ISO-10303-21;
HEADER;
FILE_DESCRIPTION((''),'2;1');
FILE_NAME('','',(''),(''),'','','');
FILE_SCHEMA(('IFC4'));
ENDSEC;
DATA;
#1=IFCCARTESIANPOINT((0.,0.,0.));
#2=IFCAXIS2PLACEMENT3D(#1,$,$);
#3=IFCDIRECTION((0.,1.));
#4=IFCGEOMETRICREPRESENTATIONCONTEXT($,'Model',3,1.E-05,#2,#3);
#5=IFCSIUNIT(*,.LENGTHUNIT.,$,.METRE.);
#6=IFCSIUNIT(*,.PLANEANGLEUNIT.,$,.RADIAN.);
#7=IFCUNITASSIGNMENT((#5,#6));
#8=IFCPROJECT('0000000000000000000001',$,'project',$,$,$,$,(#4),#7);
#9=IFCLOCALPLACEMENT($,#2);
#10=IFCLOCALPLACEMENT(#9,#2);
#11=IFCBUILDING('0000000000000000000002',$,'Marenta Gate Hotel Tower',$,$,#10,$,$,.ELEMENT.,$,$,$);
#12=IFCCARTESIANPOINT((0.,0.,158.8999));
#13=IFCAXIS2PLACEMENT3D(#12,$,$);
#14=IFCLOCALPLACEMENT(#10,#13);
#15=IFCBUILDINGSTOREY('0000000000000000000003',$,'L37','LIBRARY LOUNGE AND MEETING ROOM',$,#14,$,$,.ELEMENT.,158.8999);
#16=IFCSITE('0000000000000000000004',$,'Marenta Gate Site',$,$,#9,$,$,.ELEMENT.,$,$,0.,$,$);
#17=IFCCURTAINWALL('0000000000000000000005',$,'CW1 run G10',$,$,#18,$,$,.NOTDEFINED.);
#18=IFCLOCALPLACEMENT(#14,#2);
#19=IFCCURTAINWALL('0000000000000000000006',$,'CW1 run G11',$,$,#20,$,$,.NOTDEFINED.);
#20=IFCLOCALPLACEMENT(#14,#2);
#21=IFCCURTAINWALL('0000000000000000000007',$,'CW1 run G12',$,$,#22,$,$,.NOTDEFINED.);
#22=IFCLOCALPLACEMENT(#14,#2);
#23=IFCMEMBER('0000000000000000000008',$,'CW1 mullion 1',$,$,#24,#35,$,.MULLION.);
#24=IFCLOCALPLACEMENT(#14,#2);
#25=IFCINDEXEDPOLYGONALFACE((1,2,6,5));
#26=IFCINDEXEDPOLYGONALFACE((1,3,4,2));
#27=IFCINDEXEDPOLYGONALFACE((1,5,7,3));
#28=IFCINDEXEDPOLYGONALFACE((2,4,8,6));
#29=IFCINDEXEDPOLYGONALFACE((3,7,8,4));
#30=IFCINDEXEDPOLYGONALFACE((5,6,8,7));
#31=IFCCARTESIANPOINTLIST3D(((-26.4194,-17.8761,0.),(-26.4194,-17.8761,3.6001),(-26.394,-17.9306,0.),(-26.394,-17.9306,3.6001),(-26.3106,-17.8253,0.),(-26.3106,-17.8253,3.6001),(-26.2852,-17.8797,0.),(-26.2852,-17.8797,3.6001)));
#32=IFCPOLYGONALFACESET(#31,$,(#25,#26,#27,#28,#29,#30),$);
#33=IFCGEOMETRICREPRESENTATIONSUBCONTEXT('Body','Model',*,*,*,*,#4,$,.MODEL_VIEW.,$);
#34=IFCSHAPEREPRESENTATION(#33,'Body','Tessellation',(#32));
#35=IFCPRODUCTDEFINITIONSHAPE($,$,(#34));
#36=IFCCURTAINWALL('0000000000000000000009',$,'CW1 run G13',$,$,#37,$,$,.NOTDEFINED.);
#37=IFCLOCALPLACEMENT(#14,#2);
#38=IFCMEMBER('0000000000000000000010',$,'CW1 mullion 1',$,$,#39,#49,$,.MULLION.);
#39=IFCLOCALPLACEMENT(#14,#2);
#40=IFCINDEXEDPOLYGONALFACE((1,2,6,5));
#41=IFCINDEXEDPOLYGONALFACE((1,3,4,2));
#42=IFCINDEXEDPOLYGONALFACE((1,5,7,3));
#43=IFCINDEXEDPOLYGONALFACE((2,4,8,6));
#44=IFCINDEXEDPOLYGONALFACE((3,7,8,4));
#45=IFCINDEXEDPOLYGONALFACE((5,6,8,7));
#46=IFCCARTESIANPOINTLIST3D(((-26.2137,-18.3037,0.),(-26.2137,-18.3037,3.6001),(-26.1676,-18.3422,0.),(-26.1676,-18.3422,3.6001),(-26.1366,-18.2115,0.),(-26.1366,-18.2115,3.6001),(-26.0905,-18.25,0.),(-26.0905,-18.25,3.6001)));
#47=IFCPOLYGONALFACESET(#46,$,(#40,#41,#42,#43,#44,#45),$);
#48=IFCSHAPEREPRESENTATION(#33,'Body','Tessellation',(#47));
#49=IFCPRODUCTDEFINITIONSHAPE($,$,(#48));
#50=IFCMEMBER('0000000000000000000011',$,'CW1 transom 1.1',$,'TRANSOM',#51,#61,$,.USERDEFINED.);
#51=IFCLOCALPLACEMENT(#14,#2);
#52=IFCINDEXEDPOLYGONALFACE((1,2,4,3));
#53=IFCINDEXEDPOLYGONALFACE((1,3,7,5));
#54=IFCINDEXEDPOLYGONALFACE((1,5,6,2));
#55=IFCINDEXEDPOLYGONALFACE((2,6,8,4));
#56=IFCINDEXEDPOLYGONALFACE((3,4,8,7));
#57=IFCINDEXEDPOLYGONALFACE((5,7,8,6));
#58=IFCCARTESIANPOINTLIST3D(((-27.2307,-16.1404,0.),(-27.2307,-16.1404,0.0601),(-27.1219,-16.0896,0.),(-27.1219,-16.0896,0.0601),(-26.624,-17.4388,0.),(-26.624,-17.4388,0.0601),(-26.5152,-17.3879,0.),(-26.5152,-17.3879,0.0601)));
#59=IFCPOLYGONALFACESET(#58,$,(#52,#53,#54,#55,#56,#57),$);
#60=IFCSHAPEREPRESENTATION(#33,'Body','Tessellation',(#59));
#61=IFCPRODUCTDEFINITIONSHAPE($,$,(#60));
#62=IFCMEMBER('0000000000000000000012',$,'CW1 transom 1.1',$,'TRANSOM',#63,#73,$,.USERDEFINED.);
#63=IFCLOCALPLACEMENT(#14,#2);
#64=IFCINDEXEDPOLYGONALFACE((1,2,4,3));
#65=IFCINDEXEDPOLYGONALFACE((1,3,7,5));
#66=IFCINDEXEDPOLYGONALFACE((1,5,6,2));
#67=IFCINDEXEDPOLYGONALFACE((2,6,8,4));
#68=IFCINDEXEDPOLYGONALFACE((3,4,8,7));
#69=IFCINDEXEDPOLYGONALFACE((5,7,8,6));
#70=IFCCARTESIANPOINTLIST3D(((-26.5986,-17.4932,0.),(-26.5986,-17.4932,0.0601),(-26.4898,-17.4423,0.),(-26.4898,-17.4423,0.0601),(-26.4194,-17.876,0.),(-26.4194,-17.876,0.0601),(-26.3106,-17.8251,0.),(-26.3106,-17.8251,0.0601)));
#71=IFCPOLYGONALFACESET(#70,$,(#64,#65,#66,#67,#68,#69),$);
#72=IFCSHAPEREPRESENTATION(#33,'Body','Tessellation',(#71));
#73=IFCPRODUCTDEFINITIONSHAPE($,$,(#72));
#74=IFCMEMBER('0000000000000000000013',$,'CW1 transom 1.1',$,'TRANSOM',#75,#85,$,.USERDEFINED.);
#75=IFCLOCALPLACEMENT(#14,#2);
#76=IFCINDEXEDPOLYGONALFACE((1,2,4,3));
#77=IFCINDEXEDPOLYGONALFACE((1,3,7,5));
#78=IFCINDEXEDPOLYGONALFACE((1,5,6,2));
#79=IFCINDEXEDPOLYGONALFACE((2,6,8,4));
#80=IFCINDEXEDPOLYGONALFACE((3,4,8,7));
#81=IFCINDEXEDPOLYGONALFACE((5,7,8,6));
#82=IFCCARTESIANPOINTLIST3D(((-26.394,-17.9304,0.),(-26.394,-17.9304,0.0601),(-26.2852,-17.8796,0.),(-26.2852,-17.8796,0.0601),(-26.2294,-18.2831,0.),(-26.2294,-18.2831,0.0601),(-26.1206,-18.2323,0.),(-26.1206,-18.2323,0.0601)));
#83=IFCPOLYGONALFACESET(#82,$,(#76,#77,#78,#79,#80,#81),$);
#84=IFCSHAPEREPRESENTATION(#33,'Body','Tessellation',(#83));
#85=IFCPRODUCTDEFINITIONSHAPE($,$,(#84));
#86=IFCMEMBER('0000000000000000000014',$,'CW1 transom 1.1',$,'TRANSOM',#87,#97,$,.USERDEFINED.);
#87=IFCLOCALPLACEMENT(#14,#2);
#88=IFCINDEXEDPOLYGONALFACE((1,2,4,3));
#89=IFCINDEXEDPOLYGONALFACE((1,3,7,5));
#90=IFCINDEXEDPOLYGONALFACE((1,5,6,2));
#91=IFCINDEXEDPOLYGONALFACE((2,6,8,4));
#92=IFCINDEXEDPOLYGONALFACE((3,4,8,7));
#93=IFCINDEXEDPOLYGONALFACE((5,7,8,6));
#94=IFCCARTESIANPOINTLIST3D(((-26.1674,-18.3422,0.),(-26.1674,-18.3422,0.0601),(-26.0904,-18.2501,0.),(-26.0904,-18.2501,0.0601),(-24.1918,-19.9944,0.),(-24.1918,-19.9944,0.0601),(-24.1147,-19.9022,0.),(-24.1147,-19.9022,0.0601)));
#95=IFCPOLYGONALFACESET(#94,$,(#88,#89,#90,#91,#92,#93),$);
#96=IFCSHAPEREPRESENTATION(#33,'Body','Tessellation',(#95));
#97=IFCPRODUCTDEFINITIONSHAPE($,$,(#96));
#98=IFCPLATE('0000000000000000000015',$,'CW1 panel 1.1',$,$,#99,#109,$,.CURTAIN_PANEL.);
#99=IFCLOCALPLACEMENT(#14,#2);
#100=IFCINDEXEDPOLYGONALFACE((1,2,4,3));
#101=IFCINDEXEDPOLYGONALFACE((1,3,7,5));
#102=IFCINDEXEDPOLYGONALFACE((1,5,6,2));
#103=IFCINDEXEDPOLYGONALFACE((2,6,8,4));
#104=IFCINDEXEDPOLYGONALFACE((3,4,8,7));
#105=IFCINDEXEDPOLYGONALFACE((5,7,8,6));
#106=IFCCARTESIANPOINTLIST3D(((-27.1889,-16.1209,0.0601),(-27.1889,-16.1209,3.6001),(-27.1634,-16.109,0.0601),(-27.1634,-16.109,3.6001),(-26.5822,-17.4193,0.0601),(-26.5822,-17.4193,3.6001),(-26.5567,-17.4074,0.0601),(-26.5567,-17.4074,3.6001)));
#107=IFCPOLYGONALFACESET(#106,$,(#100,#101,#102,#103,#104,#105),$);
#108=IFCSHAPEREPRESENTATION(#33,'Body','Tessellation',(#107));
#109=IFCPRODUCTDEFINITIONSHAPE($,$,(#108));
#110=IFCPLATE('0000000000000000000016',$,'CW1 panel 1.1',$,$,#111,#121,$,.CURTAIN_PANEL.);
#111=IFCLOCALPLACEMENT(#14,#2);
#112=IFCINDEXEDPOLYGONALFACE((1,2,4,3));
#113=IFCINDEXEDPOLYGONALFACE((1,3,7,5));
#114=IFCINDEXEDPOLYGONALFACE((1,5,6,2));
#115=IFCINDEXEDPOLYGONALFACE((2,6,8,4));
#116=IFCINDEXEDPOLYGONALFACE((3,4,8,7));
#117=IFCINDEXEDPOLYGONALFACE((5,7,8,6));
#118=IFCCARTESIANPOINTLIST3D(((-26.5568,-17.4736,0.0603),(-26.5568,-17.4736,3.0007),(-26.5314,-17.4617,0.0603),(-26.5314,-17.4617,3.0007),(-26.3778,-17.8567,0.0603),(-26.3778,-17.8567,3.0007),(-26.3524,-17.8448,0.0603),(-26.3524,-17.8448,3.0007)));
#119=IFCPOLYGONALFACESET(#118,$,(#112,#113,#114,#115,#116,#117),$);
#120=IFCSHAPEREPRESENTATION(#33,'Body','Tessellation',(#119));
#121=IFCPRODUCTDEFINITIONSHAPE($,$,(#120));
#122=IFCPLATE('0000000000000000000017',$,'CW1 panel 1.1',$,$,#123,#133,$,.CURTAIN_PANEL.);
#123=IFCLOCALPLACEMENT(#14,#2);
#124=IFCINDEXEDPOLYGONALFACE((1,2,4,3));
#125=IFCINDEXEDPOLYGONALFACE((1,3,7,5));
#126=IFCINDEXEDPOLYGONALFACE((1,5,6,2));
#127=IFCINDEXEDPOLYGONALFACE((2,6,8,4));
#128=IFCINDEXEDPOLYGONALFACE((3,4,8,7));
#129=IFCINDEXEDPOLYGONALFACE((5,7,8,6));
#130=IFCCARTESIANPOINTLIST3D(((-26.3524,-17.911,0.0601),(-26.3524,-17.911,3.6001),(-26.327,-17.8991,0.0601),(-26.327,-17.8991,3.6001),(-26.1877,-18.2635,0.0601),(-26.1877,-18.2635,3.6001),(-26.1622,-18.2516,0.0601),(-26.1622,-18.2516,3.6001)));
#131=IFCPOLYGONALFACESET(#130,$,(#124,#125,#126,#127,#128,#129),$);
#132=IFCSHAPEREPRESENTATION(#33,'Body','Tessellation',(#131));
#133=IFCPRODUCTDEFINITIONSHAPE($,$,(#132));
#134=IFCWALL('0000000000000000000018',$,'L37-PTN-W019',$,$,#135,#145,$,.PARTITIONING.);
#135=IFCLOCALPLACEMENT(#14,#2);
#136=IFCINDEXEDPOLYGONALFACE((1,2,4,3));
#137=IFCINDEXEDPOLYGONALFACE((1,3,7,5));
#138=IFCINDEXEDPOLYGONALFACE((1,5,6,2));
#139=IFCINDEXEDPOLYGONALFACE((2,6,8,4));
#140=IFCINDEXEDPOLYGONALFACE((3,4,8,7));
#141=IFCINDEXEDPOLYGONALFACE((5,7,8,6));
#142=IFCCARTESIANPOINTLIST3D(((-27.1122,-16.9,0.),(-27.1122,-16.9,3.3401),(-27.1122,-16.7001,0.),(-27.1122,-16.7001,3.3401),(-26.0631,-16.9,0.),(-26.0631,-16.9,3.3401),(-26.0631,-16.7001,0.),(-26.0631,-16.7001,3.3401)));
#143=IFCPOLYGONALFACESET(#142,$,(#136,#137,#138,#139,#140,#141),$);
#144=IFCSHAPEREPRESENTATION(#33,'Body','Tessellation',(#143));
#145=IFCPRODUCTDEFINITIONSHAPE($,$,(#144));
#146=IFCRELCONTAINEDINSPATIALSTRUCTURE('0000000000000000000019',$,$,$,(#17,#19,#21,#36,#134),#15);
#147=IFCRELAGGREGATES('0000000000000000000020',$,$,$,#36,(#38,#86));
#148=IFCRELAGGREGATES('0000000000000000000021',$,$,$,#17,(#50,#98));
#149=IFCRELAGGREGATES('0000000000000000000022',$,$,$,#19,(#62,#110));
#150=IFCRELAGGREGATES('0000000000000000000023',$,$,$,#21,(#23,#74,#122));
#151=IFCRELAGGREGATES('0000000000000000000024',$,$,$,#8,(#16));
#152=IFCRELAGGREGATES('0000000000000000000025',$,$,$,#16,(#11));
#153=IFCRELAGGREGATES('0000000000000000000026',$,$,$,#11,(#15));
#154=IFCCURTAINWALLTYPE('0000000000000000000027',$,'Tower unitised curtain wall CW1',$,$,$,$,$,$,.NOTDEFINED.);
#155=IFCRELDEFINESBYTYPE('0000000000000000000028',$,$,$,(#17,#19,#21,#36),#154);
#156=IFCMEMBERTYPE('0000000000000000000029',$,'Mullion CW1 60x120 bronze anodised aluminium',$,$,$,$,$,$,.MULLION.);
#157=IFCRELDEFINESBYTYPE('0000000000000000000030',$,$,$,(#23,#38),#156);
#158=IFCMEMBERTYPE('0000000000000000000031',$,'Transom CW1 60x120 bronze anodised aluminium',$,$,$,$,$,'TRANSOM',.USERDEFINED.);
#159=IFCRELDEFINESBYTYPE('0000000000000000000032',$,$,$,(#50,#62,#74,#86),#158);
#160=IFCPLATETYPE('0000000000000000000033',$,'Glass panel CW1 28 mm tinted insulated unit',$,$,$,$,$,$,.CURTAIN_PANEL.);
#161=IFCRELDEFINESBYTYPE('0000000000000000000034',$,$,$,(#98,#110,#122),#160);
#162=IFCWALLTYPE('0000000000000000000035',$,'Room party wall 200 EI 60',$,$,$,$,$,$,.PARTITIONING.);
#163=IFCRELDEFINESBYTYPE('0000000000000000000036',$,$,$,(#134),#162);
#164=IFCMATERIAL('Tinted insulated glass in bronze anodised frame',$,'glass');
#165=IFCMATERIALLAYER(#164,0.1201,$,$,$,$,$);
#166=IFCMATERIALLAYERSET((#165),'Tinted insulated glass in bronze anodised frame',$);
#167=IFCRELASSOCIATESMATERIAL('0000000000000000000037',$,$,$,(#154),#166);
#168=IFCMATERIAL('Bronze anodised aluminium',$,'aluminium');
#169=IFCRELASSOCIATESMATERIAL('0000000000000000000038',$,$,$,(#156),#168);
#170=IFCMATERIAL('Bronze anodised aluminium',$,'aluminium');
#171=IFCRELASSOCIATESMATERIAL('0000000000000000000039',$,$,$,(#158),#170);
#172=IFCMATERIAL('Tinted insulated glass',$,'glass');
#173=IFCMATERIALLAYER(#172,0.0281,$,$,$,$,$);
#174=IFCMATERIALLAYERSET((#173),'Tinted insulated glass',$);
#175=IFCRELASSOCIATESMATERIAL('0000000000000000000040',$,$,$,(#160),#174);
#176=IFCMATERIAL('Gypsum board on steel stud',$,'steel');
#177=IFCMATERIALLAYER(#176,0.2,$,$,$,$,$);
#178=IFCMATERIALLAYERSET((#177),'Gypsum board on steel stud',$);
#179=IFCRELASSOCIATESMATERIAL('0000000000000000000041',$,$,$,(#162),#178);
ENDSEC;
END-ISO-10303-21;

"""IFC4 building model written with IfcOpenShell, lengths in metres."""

from ifc_helpers import new_model, si_unit, direction, frame, frame_2d, origin, origin_2d, place, context, subcontext, project, spatial, rectangle, extrude, material, layer, layer_set, material_profile, profile_set, type_object, element, aggregate, save


model = new_model("IFC4")

# Units and contexts
model_context = context("Model", 3, precision=1e-05, world=origin(), true_north=direction((0.0, 1.0)))
body_context = subcontext(model_context, "Body", "Model", "MODEL_VIEW")
ifc_project = project(units=[si_unit("LENGTHUNIT", "METRE"), si_unit("PLANEANGLEUNIT", "RADIAN")], contexts=[model_context])

# Site, building, storey
site_placement = place(None, origin())
site = spatial("IfcSite", under=ifc_project, at=site_placement, Name="Marenta Gate Site", CompositionType="ELEMENT", RefElevation=0.0)
building_placement = place(site_placement, origin())
building = spatial("IfcBuilding", under=site, at=building_placement, Name="Marenta Gate Hotel Tower", CompositionType="ELEMENT")
storey_placement = place(building_placement, frame((0.0, 0.0, 158.8999)))
storey = spatial("IfcBuildingStorey", under=building, at=storey_placement, Name="L37", Description="LIBRARY LOUNGE AND MEETING ROOM", CompositionType="ELEMENT", Elevation=158.8999)

# Curtain walls, members
ifc_material_1 = material(Name="Tinted insulated glass in bronze anodised frame", Category="glass")
ifc_layer_1 = layer(ifc_material_1, 0.1201)
ifc_layer_set_1 = layer_set([ifc_layer_1], Name="Tinted insulated glass in bronze anodised frame")
curtain_wall_type = type_object("IfcCurtainWallType", Name="Tower unitised curtain wall CW1", PredefinedType="NOTDEFINED", material=ifc_layer_set_1)
curtain_wall_1_placement = place(storey_placement, origin())
curtain_wall_1 = element("IfcCurtainWall", 1, at=curtain_wall_1_placement, inside=storey, type_object=curtain_wall_type, Name="CW1 run G10", PredefinedType="NOTDEFINED")
ifc_material_2 = material(Name="Bronze anodised aluminium", Category="aluminium")
ifc_material_profile_1 = material_profile(ifc_material_2, rectangle(XDim=0.1201, YDim=0.0601, at=origin_2d()), Name="Mullion CW1 60x120 bronze anodised aluminium")
ifc_profile_set_1 = profile_set([ifc_material_profile_1], Name="Bronze anodised aluminium")
member_type_1 = type_object("IfcMemberType", Name="Mullion CW1 60x120 bronze anodised aluminium", PredefinedType="MULLION", material=ifc_profile_set_1)
curtain_wall_2_placement = place(storey_placement, origin())
curtain_wall_2 = element("IfcCurtainWall", 2, at=curtain_wall_2_placement, inside=storey, type_object=curtain_wall_type, Name="CW1 run G11", PredefinedType="NOTDEFINED")
curtain_wall_3_placement = place(storey_placement, origin())
curtain_wall_3 = element("IfcCurtainWall", 3, at=curtain_wall_3_placement, inside=storey, type_object=curtain_wall_type, Name="CW1 run G12", PredefinedType="NOTDEFINED")
member_1_placement = place(storey_placement, frame((-26.3523, -17.8779, 0.0), z_axis=(0.0, 0.0, 1.0), x_axis=(0.906001, 0.423275, 0.0)))
member_1 = element("IfcMember", 4, at=member_1_placement, type_object=member_type_1, Name="CW1 mullion 1", PredefinedType="MULLION", context=body_context, shape_type="SweptSolid", body=[
    extrude(rectangle(XDim=0.1201, YDim=0.0601, at=origin_2d()), origin(), (0.0, 0.0, 1.0), 3.6001),
])
curtain_wall_4_placement = place(storey_placement, origin())
curtain_wall_4 = element("IfcCurtainWall", 5, at=curtain_wall_4_placement, inside=storey, type_object=curtain_wall_type, Name="CW1 run G13", PredefinedType="NOTDEFINED")
member_2_placement = place(storey_placement, frame((-26.1521, -18.2769, 0.0), z_axis=(0.0, 0.0, 1.0), x_axis=(0.641512, 0.767113, 0.0)))
member_2 = element("IfcMember", 6, at=member_2_placement, type_object=member_type_1, Name="CW1 mullion 1", PredefinedType="MULLION", context=body_context, shape_type="SweptSolid", body=[
    extrude(rectangle(XDim=0.1201, YDim=0.0601, at=origin_2d()), origin(), (0.0, 0.0, 1.0), 3.6001),
])

# Members
ifc_material_3 = material(Name="Bronze anodised aluminium", Category="aluminium")
ifc_material_profile_2 = material_profile(ifc_material_3, rectangle(XDim=0.1201, YDim=0.0601, at=origin_2d()), Name="Transom CW1 60x120 bronze anodised aluminium")
ifc_profile_set_2 = profile_set([ifc_material_profile_2], Name="Bronze anodised aluminium")
member_type_2 = type_object("IfcMemberType", Name="Transom CW1 60x120 bronze anodised aluminium", ElementType="TRANSOM", PredefinedType="USERDEFINED", material=ifc_profile_set_2)
member_3_placement = place(storey_placement, frame((-27.1763, -16.115, 0.03), z_axis=(0.423342, -0.90597, 0.0), x_axis=(0.90597, 0.423342, 0.0)))
member_3 = element("IfcMember", 7, at=member_3_placement, type_object=member_type_2, Name="CW1 transom 1.1", ObjectType="TRANSOM", PredefinedType="USERDEFINED", context=body_context, shape_type="SweptSolid", body=[
    extrude(rectangle(XDim=0.1201, YDim=0.0601, at=origin_2d()), origin(), (0.0, 0.0, 1.0), 1.4331),
])
member_4_placement = place(storey_placement, frame((-26.5442, -17.4678, 0.03), z_axis=(0.42396, -0.905681, 0.0), x_axis=(0.905681, 0.42396, 0.0)))
member_4 = element("IfcMember", 8, at=member_4_placement, type_object=member_type_2, Name="CW1 transom 1.1", ObjectType="TRANSOM", PredefinedType="USERDEFINED", context=body_context, shape_type="SweptSolid", body=[
    extrude(rectangle(XDim=0.1201, YDim=0.0601, at=origin_2d()), origin(), (0.0, 0.0, 1.0), 0.4226),
])
member_5_placement = place(storey_placement, frame((-26.3396, -17.905, 0.03), z_axis=(0.422954, -0.906151, 0.0), x_axis=(0.906151, 0.422954, 0.0)))
member_5 = element("IfcMember", 9, at=member_5_placement, type_object=member_type_2, Name="CW1 transom 1.1", ObjectType="TRANSOM", PredefinedType="USERDEFINED", context=body_context, shape_type="SweptSolid", body=[
    extrude(rectangle(XDim=0.1201, YDim=0.0601, at=origin_2d()), origin(), (0.0, 0.0, 1.0), 0.3892),
])
member_6_placement = place(storey_placement, frame((-26.1289, -18.2961, 0.03), z_axis=(0.767117, -0.641508, 0.0), x_axis=(0.641508, 0.767117, 0.0)))
member_6 = element("IfcMember", 10, at=member_6_placement, type_object=member_type_2, Name="CW1 transom 1.1", ObjectType="TRANSOM", PredefinedType="USERDEFINED", context=body_context, shape_type="SweptSolid", body=[
    extrude(rectangle(XDim=0.1201, YDim=0.0601, at=origin_2d()), origin(), (0.0, 0.0, 1.0), 2.5754),
])
aggregate(curtain_wall_4, [member_2, member_6])

# Plates
ifc_material_4 = material(Name="Tinted insulated glass", Category="glass")
ifc_layer_2 = layer(ifc_material_4, 0.0281)
ifc_layer_set_2 = layer_set([ifc_layer_2], Name="Tinted insulated glass")
plate_type = type_object("IfcPlateType", Name="Glass panel CW1 28 mm tinted insulated unit", PredefinedType="CURTAIN_PANEL", material=ifc_layer_set_2)
plate_1_placement = place(storey_placement, frame((-26.8728, -16.7642, 0.0601), z_axis=(0.0, 0.0, 1.0), x_axis=(0.423347, -0.905967, 0.0)))
plate_1 = element("IfcPlate", 11, at=plate_1_placement, type_object=plate_type, Name="CW1 panel 1.1", PredefinedType="CURTAIN_PANEL", context=body_context, shape_type="SweptSolid", body=[
    extrude(rectangle(XDim=1.4331, YDim=0.0281, at=origin_2d()), origin(), (0.0, 0.0, 1.0), 3.54),
])
aggregate(curtain_wall_1, [member_3, plate_1])
plate_2_placement = place(storey_placement, frame((-26.4546, -17.6592, 0.0603), z_axis=(0.0, 0.0, 1.0), x_axis=(0.423362, -0.905961, 0.0)))
plate_2 = element("IfcPlate", 12, at=plate_2_placement, type_object=plate_type, Name="CW1 panel 1.1", PredefinedType="CURTAIN_PANEL", context=body_context, shape_type="SweptSolid", body=[
    extrude(rectangle(XDim=0.4229, YDim=0.0281, at=origin_2d()), origin(), (0.0, 0.0, 1.0), 2.9404),
])
aggregate(curtain_wall_2, [member_4, plate_2])
plate_3_placement = place(storey_placement, frame((-26.2573, -18.0813, 0.0601), z_axis=(0.0, 0.0, 1.0), x_axis=(0.423275, -0.906001, 0.0)))
plate_3 = element("IfcPlate", 13, at=plate_3_placement, type_object=plate_type, Name="CW1 panel 1.1", PredefinedType="CURTAIN_PANEL", context=body_context, shape_type="SweptSolid", body=[
    extrude(rectangle(XDim=0.3892, YDim=0.0281, at=origin_2d()), origin(), (0.0, 0.0, 1.0), 3.54),
])
aggregate(curtain_wall_3, [member_1, member_5, plate_3])

# Wall
ifc_material_5 = material(Name="Gypsum board on steel stud", Category="steel")
ifc_layer_3 = layer(ifc_material_5, 0.2)
ifc_layer_set_3 = layer_set([ifc_layer_3], Name="Gypsum board on steel stud")
wall_type = type_object("IfcWallType", Name="Room party wall 200 EI 60", PredefinedType="PARTITIONING", material=ifc_layer_set_3)
wall_placement = place(storey_placement, frame((-27.1121, -16.8, 0.0), z_axis=(0.0, 0.0, 1.0), x_axis=(1.0, 0.0, 0.0)))
element("IfcWall", 14, at=wall_placement, inside=storey, type_object=wall_type, Name="L37-PTN-W019", PredefinedType="PARTITIONING", context=body_context, shape_type="SweptSolid", body=[
    extrude(rectangle(XDim=1.0491, YDim=0.2, at=frame_2d((0.5244, 0.0))), origin(), (0.0, 0.0, 1.0), 3.3401),
])

save(model, "model.ifc")
